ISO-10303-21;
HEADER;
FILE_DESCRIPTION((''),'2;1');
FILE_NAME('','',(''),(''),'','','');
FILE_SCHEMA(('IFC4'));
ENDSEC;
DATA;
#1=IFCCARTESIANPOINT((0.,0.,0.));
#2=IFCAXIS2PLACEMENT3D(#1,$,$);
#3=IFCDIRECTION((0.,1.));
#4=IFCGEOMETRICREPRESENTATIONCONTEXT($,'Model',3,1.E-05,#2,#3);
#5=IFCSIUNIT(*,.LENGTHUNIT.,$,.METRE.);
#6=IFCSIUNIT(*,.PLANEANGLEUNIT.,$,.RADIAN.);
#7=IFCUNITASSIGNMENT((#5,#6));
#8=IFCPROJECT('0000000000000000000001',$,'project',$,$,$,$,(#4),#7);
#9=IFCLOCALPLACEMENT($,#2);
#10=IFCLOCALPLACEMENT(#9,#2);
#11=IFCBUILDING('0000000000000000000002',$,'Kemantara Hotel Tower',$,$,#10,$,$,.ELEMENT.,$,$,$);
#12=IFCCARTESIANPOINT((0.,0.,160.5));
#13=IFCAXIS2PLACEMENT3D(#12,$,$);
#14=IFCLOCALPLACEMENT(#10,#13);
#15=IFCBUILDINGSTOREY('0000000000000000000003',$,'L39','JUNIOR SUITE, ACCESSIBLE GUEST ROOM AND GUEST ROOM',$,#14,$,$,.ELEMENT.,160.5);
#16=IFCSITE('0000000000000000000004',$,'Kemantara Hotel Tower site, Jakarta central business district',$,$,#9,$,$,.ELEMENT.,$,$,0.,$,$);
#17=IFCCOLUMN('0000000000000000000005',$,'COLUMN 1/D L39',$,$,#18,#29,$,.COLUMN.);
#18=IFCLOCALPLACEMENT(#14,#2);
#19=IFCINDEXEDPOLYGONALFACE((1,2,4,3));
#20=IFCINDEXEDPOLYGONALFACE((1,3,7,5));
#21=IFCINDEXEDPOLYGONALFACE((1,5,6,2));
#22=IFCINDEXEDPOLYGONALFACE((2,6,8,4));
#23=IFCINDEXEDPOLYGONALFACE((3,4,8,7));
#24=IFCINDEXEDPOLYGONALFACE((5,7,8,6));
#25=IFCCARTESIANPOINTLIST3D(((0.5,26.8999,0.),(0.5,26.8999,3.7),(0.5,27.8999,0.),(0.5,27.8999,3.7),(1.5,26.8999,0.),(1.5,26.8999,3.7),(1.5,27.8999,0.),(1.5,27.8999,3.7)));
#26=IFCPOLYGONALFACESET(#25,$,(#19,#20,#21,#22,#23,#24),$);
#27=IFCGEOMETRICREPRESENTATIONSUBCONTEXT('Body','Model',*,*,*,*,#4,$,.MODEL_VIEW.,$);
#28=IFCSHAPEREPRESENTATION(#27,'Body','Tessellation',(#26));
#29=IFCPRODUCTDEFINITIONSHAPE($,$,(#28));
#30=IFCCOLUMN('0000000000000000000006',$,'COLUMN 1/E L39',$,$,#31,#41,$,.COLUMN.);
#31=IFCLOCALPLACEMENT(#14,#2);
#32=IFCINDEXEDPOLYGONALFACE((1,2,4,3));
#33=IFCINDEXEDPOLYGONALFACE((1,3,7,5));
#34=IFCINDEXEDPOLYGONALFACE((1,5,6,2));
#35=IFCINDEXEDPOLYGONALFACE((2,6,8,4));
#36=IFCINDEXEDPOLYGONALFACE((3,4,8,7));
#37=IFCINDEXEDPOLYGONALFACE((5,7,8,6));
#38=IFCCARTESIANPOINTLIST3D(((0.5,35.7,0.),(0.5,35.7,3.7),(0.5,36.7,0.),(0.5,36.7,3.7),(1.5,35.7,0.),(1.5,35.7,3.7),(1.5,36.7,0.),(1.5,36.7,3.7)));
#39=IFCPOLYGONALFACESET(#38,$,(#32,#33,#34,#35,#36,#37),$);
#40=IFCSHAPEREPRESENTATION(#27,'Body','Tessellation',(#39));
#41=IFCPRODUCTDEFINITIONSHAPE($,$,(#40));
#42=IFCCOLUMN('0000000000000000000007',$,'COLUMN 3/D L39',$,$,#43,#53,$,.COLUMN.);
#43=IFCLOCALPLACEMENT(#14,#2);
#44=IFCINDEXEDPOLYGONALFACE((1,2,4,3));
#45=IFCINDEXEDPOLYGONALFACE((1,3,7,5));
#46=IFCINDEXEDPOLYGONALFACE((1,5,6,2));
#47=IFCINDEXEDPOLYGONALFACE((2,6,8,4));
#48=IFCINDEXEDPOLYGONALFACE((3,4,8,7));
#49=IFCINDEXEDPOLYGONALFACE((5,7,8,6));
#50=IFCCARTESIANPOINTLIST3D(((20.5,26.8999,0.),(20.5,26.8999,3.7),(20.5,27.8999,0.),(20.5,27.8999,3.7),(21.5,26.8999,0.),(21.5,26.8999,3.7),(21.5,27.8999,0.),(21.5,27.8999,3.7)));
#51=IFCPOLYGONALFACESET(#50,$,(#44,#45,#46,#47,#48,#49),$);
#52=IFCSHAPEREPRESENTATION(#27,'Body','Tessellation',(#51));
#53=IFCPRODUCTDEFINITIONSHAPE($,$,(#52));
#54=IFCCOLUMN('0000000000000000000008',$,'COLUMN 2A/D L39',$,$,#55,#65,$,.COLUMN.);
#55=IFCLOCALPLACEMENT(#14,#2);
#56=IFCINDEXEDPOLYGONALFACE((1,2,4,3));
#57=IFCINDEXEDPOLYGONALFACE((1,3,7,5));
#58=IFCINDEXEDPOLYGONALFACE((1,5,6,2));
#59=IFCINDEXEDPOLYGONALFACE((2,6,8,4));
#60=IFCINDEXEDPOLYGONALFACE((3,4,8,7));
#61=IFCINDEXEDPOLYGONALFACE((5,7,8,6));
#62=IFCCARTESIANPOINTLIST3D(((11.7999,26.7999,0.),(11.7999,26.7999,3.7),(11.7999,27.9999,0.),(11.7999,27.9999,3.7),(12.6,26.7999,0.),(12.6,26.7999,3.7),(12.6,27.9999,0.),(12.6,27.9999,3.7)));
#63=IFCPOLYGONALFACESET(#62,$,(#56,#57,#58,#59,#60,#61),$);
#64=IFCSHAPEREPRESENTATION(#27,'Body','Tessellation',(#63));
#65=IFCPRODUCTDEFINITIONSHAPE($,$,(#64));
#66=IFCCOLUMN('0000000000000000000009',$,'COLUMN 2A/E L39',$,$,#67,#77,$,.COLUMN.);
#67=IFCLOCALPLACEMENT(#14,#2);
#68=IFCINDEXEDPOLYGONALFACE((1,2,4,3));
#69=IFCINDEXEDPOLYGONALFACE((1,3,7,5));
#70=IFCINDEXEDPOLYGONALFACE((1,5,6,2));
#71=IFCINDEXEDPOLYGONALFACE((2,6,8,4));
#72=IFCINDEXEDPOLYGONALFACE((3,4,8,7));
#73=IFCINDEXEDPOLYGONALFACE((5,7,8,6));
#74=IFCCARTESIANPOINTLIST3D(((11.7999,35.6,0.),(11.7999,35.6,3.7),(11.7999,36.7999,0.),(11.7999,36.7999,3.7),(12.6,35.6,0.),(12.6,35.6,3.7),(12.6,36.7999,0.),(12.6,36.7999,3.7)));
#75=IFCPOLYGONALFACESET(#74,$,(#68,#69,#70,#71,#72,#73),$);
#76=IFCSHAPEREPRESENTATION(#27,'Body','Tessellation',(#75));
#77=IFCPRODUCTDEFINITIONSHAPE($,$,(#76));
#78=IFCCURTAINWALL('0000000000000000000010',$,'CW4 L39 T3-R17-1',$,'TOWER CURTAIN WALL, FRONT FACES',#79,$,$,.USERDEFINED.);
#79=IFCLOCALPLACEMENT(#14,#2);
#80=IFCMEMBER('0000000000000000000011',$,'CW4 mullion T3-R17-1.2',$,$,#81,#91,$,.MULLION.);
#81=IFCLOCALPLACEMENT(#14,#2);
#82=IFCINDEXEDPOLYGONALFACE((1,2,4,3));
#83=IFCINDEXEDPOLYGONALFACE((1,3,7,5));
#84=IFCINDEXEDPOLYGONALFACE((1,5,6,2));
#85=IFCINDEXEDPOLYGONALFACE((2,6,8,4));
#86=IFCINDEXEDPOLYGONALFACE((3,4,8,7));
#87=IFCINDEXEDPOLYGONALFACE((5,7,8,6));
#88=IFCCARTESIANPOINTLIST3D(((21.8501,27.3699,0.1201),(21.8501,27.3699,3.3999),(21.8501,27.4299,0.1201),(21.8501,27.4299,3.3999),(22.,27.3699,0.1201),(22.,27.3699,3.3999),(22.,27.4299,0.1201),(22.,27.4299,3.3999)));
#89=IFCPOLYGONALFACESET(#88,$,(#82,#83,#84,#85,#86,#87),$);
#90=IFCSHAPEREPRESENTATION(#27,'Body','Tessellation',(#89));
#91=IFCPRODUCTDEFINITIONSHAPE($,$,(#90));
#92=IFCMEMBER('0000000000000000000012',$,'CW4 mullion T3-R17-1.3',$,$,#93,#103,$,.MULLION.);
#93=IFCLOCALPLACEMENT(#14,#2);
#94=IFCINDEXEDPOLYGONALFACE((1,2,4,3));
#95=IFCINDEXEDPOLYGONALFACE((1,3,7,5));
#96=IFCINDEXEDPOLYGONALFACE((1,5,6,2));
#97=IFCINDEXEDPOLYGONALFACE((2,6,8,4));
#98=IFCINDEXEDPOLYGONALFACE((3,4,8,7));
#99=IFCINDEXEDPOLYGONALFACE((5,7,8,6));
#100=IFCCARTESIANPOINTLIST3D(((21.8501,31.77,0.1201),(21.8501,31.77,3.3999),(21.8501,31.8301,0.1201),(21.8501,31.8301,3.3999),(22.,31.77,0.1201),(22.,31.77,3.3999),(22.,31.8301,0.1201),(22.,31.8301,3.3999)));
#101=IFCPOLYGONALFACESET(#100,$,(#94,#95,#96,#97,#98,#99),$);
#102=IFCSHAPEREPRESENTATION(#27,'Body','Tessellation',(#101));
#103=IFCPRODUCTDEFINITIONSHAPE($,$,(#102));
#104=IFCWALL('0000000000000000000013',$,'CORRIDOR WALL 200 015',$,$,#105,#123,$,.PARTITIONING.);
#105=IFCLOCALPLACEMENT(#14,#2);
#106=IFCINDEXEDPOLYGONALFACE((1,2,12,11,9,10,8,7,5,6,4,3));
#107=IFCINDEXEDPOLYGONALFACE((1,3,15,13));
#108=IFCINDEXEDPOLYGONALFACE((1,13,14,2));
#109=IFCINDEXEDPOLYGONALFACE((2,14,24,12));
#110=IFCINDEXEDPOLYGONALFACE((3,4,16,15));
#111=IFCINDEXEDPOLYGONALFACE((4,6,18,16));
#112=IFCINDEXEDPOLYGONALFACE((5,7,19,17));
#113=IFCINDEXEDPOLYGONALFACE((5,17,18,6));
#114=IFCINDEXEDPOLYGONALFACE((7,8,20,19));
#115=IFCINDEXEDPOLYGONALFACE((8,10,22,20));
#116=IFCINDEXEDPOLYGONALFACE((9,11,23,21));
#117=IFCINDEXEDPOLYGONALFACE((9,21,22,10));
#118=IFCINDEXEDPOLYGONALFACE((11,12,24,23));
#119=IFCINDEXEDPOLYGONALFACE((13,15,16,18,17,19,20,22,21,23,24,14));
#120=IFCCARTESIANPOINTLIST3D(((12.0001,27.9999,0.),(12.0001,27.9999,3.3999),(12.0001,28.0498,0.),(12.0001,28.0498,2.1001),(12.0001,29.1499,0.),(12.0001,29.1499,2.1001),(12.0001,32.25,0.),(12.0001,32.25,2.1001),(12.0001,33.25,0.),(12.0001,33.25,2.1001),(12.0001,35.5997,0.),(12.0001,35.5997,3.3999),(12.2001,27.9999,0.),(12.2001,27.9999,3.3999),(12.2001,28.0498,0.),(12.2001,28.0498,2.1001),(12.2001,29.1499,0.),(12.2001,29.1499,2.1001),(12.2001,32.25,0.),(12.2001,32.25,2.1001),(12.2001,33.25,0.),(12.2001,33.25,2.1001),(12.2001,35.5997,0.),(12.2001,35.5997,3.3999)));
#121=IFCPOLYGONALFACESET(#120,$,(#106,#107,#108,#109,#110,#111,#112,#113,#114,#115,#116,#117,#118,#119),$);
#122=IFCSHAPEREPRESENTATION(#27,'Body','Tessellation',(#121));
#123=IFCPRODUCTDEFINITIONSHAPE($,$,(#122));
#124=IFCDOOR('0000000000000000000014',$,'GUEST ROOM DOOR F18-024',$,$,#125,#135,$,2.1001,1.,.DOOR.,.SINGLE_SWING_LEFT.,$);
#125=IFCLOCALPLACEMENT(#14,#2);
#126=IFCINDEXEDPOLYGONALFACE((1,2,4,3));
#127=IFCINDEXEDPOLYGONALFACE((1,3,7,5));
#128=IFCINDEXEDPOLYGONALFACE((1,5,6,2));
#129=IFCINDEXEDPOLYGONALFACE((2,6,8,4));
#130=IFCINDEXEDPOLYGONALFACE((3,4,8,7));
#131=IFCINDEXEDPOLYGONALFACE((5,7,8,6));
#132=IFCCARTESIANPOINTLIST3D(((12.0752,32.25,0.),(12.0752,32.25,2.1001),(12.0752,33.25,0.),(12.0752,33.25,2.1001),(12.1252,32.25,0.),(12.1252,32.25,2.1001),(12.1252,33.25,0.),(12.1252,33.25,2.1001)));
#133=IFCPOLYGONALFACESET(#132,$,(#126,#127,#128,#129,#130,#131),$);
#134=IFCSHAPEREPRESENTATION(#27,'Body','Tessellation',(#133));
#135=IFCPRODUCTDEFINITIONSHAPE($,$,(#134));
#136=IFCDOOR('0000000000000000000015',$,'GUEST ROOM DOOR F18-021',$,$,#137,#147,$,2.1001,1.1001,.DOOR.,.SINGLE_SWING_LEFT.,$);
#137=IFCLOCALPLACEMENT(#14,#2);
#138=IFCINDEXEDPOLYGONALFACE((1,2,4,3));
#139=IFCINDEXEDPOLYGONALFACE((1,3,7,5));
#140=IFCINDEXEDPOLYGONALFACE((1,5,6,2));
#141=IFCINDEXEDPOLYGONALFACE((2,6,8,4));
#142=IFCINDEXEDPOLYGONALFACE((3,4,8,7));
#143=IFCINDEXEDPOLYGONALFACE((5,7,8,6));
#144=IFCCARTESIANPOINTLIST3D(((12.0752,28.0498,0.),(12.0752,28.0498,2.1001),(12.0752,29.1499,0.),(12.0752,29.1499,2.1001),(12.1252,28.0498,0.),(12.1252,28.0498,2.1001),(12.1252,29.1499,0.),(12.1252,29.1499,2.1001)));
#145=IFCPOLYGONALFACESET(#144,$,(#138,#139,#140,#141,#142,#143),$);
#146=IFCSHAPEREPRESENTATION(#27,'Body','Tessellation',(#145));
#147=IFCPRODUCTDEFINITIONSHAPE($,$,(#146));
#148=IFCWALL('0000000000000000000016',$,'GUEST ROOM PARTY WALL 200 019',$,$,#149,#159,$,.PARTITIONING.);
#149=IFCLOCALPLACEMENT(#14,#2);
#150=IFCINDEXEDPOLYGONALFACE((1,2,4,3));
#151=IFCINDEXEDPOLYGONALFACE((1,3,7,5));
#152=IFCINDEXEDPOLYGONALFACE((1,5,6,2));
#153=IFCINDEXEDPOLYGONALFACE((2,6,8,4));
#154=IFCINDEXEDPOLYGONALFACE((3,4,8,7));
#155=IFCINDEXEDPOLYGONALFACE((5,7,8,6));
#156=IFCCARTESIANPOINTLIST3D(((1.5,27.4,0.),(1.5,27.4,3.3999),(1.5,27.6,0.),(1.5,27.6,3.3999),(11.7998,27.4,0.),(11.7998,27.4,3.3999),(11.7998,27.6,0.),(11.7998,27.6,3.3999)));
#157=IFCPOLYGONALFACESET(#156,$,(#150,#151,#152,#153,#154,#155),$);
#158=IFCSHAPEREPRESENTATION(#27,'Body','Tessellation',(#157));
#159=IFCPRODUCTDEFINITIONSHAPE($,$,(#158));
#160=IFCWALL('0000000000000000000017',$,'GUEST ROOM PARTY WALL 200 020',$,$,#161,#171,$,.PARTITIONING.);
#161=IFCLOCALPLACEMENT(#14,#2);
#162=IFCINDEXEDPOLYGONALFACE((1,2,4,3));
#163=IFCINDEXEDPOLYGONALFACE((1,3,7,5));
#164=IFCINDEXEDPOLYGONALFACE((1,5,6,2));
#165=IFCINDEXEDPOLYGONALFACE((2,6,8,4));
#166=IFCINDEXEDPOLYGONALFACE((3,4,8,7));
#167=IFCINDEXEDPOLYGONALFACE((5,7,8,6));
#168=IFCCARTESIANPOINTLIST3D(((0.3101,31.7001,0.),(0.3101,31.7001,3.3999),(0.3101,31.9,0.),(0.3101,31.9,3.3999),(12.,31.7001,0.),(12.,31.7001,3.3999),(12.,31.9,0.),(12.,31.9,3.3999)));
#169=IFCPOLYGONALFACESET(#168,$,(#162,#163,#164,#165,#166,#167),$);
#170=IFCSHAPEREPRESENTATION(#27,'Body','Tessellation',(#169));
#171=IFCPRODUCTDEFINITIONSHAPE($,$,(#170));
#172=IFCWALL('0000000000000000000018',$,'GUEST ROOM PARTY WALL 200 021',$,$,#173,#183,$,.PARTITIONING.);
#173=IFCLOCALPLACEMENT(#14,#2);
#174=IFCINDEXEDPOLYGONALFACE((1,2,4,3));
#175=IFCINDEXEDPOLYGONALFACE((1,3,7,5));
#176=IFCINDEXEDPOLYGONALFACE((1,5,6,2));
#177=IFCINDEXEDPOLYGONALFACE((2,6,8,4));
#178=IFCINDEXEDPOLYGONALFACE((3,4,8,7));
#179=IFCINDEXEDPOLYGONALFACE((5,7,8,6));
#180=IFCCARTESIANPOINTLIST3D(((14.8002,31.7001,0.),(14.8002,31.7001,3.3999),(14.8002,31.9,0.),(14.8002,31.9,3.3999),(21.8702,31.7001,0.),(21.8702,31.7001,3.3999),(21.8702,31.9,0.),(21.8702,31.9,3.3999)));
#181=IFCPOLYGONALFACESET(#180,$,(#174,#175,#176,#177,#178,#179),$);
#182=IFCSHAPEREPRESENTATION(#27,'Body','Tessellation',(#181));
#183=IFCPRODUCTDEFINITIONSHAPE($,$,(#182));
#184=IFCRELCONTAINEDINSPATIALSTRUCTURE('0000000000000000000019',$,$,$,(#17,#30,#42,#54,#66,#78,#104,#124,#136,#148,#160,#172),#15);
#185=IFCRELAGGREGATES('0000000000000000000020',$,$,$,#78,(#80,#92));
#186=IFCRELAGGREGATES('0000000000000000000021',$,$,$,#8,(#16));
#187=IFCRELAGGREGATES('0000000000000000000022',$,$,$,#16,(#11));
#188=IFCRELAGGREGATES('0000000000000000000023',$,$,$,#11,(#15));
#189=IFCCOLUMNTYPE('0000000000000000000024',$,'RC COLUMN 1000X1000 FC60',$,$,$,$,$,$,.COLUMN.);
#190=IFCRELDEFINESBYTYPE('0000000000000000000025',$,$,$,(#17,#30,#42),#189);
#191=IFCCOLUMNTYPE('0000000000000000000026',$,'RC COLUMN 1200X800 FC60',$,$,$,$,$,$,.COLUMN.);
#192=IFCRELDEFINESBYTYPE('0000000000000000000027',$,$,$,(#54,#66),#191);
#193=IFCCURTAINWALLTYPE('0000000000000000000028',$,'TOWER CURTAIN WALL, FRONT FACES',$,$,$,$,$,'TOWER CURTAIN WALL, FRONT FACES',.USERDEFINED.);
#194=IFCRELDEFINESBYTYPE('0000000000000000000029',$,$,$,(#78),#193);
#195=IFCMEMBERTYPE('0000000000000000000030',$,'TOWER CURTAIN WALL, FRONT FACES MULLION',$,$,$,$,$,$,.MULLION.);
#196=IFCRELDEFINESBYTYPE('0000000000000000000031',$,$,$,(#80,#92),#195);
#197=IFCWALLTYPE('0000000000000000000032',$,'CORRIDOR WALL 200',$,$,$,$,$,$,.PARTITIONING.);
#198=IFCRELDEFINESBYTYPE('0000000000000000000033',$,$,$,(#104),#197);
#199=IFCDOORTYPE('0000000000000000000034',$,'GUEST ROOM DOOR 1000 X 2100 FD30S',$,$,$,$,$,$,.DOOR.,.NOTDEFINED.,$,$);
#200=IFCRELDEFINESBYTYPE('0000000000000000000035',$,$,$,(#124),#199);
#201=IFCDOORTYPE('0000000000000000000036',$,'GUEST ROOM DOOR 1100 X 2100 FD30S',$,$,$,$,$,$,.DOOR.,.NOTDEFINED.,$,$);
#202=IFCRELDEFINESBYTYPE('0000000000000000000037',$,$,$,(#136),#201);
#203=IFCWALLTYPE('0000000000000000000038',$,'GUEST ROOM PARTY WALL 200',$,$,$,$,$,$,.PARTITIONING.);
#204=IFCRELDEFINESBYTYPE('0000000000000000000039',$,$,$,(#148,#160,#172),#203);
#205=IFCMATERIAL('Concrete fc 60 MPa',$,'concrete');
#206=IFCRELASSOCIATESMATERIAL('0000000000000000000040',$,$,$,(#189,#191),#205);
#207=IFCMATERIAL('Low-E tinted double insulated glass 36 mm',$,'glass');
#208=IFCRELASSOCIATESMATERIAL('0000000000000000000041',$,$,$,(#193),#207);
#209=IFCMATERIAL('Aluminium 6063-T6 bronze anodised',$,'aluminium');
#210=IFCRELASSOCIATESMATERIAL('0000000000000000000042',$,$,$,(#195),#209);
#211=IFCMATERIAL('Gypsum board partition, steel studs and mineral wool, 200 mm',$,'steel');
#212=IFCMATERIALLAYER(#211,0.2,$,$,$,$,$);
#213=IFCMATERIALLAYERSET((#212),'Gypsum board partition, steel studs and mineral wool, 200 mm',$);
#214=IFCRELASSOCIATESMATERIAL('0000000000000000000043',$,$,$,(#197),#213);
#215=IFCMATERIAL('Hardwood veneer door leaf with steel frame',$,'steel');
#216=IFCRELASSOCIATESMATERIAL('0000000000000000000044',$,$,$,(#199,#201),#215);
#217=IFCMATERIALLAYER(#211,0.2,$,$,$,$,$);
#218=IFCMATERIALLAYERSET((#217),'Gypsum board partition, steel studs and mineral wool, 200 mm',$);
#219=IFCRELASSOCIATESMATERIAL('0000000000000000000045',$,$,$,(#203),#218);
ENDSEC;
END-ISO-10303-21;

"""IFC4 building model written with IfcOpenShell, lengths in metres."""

from ifc_helpers import new_model, si_unit, direction, frame, frame_2d, origin, origin_2d, place, context, subcontext, project, spatial, rectangle, extrude, source, transform, mapped, material, layer, layer_set, material_profile, profile_set, type_object, element, fill, aggregate, save


model = new_model("IFC4")

# Units and contexts
model_context = context("Model", 3, precision=1e-05, world=origin(), true_north=direction((0.0, 1.0)))
body_context = subcontext(model_context, "Body", "Model", "MODEL_VIEW")
ifc_project = project(units=[si_unit("LENGTHUNIT", "METRE"), si_unit("PLANEANGLEUNIT", "RADIAN")], contexts=[model_context])

# Site, building, storey
site_placement = place(None, origin())
site = spatial("IfcSite", under=ifc_project, at=site_placement, Name="Kemantara Hotel Tower site, Jakarta central business district", CompositionType="ELEMENT", RefElevation=0.0)
building_placement = place(site_placement, origin())
building = spatial("IfcBuilding", under=site, at=building_placement, Name="Kemantara Hotel Tower", CompositionType="ELEMENT")
storey_placement = place(building_placement, frame((0.0, 0.0, 160.5)))
storey = spatial("IfcBuildingStorey", under=building, at=storey_placement, Name="L39", Description="JUNIOR SUITE, ACCESSIBLE GUEST ROOM AND GUEST ROOM", CompositionType="ELEMENT", Elevation=160.5)

# Columns
ifc_material_1 = material(Name="Concrete fc 60 MPa", Category="concrete")
ifc_material_profile_1 = material_profile(ifc_material_1, rectangle(XDim=1.0, YDim=1.0, at=origin_2d()), Name="RC 1000X1000")
ifc_profile_set_1 = profile_set([ifc_material_profile_1], Name="Concrete fc 60 MPa")
column_type_1 = type_object("IfcColumnType", Name="RC COLUMN 1000X1000 FC60", PredefinedType="COLUMN", material=ifc_profile_set_1)
for number, where, z_axis, x_axis, name in (
    (1, (1.0, 27.3999, 0.0), (0.0, 0.0, 1.0), (1.0, 0.0, 0.0), "COLUMN 1/D L39"),
    (2, (1.0, 36.2, 0.0), (0.0, 0.0, 1.0), (1.0, 0.0, 0.0), "COLUMN 1/E L39"),
    (3, (21.0, 27.3999, 0.0), (0.0, 0.0, 1.0), (1.0, 0.0, 0.0), "COLUMN 3/D L39"),
):
    element("IfcColumn", number, at=place(storey_placement, frame(where, z_axis=z_axis, x_axis=x_axis)), inside=storey, type_object=column_type_1, Name=name, PredefinedType="COLUMN", context=body_context, shape_type="SweptSolid", body=[
        extrude(rectangle(XDim=1.0, YDim=1.0, at=origin_2d()), origin(), (0.0, 0.0, 1.0), 3.7),
    ])
ifc_material_profile_2 = material_profile(ifc_material_1, rectangle(XDim=1.2, YDim=0.8, at=origin_2d()), Name="RC 1200X800")
ifc_profile_set_2 = profile_set([ifc_material_profile_2], Name="Concrete fc 60 MPa")
column_type_2 = type_object("IfcColumnType", Name="RC COLUMN 1200X800 FC60", PredefinedType="COLUMN", material=ifc_profile_set_2)
for number, where, z_axis, x_axis, name in (
    (4, (12.2, 27.3999, 0.0), (0.0, 0.0, 1.0), (0.0, 1.0, 0.0), "COLUMN 2A/D L39"),
    (5, (12.2, 36.2, 0.0), (0.0, 0.0, 1.0), (0.0, 1.0, 0.0), "COLUMN 2A/E L39"),
):
    element("IfcColumn", number, at=place(storey_placement, frame(where, z_axis=z_axis, x_axis=x_axis)), inside=storey, type_object=column_type_2, Name=name, PredefinedType="COLUMN", context=body_context, shape_type="SweptSolid", body=[
        extrude(rectangle(XDim=1.2, YDim=0.8, at=origin_2d()), origin(), (0.0, 0.0, 1.0), 3.7),
    ])

# Curtain wall, members
ifc_material_2 = material(Name="Low-E tinted double insulated glass 36 mm", Category="glass")
curtain_wall_type = type_object("IfcCurtainWallType", Name="TOWER CURTAIN WALL, FRONT FACES", ElementType="TOWER CURTAIN WALL, FRONT FACES", PredefinedType="USERDEFINED", material=ifc_material_2)
curtain_wall_placement = place(storey_placement, origin())
curtain_wall = element("IfcCurtainWall", 6, at=curtain_wall_placement, inside=storey, type_object=curtain_wall_type, Name="CW4 L39 T3-R17-1", ObjectType="TOWER CURTAIN WALL, FRONT FACES", PredefinedType="USERDEFINED")
ifc_material_3 = material(Name="Aluminium 6063-T6 bronze anodised", Category="aluminium")
ifc_material_profile_3 = material_profile(ifc_material_3, rectangle(XDim=0.1499, YDim=0.0601, at=origin_2d()), Name="TOWER CURTAIN WALL, FRONT FACES MULLION")
ifc_profile_set_3 = profile_set([ifc_material_profile_3], Name="Aluminium 6063-T6 bronze anodised")
member_type = type_object("IfcMemberType", Name="TOWER CURTAIN WALL, FRONT FACES MULLION", PredefinedType="MULLION", material=ifc_profile_set_3)
shared_shape_1 = source(origin(), body_context, "Body", "SweptSolid", [
    extrude(rectangle(XDim=0.1499, YDim=0.0601, at=origin_2d()), origin(), (0.0, 0.0, 1.0), 3.2798),
])
member_1_placement = place(storey_placement, frame((21.925, 27.3999, 0.1201), z_axis=(0.0, 0.0, 1.0), x_axis=(-1.0, 0.0, 0.0)))
member_1 = element("IfcMember", 7, at=member_1_placement, type_object=member_type, Name="CW4 mullion T3-R17-1.2", PredefinedType="MULLION", context=body_context, shape_type="MappedRepresentation", body=[
    mapped(shared_shape_1, transform((0.0, 0.0, 0.0))),
])
member_2_placement = place(storey_placement, frame((21.925, 31.8, 0.1201), z_axis=(0.0, 0.0, 1.0), x_axis=(-1.0, 0.0, 0.0)))
member_2 = element("IfcMember", 8, at=member_2_placement, type_object=member_type, Name="CW4 mullion T3-R17-1.3", PredefinedType="MULLION", context=body_context, shape_type="MappedRepresentation", body=[
    mapped(shared_shape_1, transform((0.0, 0.0, 0.0))),
])
aggregate(curtain_wall, [member_1, member_2])

# Wall, openings, doors
ifc_material_4 = material(Name="Gypsum board partition, steel studs and mineral wool, 200 mm", Category="steel")
ifc_layer_1 = layer(ifc_material_4, 0.2)
ifc_layer_set_1 = layer_set([ifc_layer_1], Name="Gypsum board partition, steel studs and mineral wool, 200 mm")
wall_type_1 = type_object("IfcWallType", Name="CORRIDOR WALL 200", PredefinedType="PARTITIONING", material=ifc_layer_set_1)
wall_1_placement = place(storey_placement, frame((12.1001, 28.0, 0.0), z_axis=(0.0, 0.0, 1.0), x_axis=(0.0, 1.0, 0.0)))
wall_1 = element("IfcWall", 9, at=wall_1_placement, inside=storey, type_object=wall_type_1, Name="CORRIDOR WALL 200 015", PredefinedType="PARTITIONING", context=body_context, shape_type="SweptSolid", body=[
    extrude(rectangle(XDim=7.5999, YDim=0.2, at=frame_2d((3.7998, 0.0))), origin(), (0.0, 0.0, 1.0), 3.3999),
])
opening_1_placement = place(wall_1_placement, frame((0.0498, 0.0, 0.0)))
opening_1 = element("IfcOpeningElement", 10, at=opening_1_placement, cuts=wall_1, PredefinedType="OPENING", context=body_context, shape_type="SweptSolid", body=[
    extrude(rectangle(XDim=1.1001, YDim=2.1001, at=frame_2d((0.55, 1.05))), frame((0.0, 0.1099, 0.0), z_axis=(0.0, -1.0, 0.0), x_axis=(1.0, 0.0, 0.0)), (0.0, 0.0, 1.0), 0.22),
])
opening_2_placement = place(wall_1_placement, frame((4.25, 0.0, 0.0)))
opening_2 = element("IfcOpeningElement", 11, at=opening_2_placement, cuts=wall_1, PredefinedType="OPENING", context=body_context, shape_type="SweptSolid", body=[
    extrude(rectangle(XDim=1.0, YDim=2.1001, at=frame_2d((0.5, 1.05))), frame((0.0, 0.1099, 0.0), z_axis=(0.0, -1.0, 0.0), x_axis=(1.0, 0.0, 0.0)), (0.0, 0.0, 1.0), 0.22),
])
ifc_material_5 = material(Name="Hardwood veneer door leaf with steel frame", Category="steel")
door_type_1 = type_object("IfcDoorType", Name="GUEST ROOM DOOR 1000 X 2100 FD30S", OperationType="NOTDEFINED", PredefinedType="DOOR", material=ifc_material_5)
door_1_placement = place(opening_2_placement, origin())
door_1 = element("IfcDoor", 12, at=door_1_placement, inside=storey, type_object=door_type_1, Name="GUEST ROOM DOOR F18-024", OperationType="SINGLE_SWING_LEFT", OverallHeight=2.1001, OverallWidth=1.0, PredefinedType="DOOR", context=body_context, shape_type="SweptSolid", body=[
    extrude(rectangle(XDim=1.0, YDim=2.1001, at=frame_2d((0.5, 1.05))), frame((0.0, 0.0249, 0.0), z_axis=(0.0, -1.0, 0.0), x_axis=(1.0, 0.0, 0.0)), (0.0, 0.0, 1.0), 0.05),
])
fill(opening_2, door_1)
door_type_2 = type_object("IfcDoorType", Name="GUEST ROOM DOOR 1100 X 2100 FD30S", OperationType="NOTDEFINED", PredefinedType="DOOR", material=ifc_material_5)
door_2_placement = place(opening_1_placement, origin())
door_2 = element("IfcDoor", 13, at=door_2_placement, inside=storey, type_object=door_type_2, Name="GUEST ROOM DOOR F18-021", OperationType="SINGLE_SWING_LEFT", OverallHeight=2.1001, OverallWidth=1.1001, PredefinedType="DOOR", context=body_context, shape_type="SweptSolid", body=[
    extrude(rectangle(XDim=1.1001, YDim=2.1001, at=frame_2d((0.55, 1.05))), frame((0.0, 0.0249, 0.0), z_axis=(0.0, -1.0, 0.0), x_axis=(1.0, 0.0, 0.0)), (0.0, 0.0, 1.0), 0.05),
])
fill(opening_1, door_2)

# Walls
ifc_layer_2 = layer(ifc_material_4, 0.2)
ifc_layer_set_2 = layer_set([ifc_layer_2], Name="Gypsum board partition, steel studs and mineral wool, 200 mm")
wall_type_2 = type_object("IfcWallType", Name="GUEST ROOM PARTY WALL 200", PredefinedType="PARTITIONING", material=ifc_layer_set_2)
wall_2_placement = place(storey_placement, frame((1.5, 27.5, 0.0), z_axis=(0.0, 0.0, 1.0), x_axis=(1.0, 0.0, 0.0)))
element("IfcWall", 14, at=wall_2_placement, inside=storey, type_object=wall_type_2, Name="GUEST ROOM PARTY WALL 200 019", PredefinedType="PARTITIONING", context=body_context, shape_type="SweptSolid", body=[
    extrude(rectangle(XDim=10.2998, YDim=0.2, at=frame_2d((5.1499, 0.0))), origin(), (0.0, 0.0, 1.0), 3.3999),
])
wall_3_placement = place(storey_placement, frame((0.3101, 31.8, 0.0), z_axis=(0.0, 0.0, 1.0), x_axis=(1.0, 0.0, 0.0)))
element("IfcWall", 15, at=wall_3_placement, inside=storey, type_object=wall_type_2, Name="GUEST ROOM PARTY WALL 200 020", PredefinedType="PARTITIONING", context=body_context, shape_type="SweptSolid", body=[
    extrude(rectangle(XDim=11.6899, YDim=0.2, at=frame_2d((5.845, 0.0))), origin(), (0.0, 0.0, 1.0), 3.3999),
])
wall_4_placement = place(storey_placement, frame((14.8, 31.8, 0.0), z_axis=(0.0, 0.0, 1.0), x_axis=(1.0, 0.0, 0.0)))
element("IfcWall", 16, at=wall_4_placement, inside=storey, type_object=wall_type_2, Name="GUEST ROOM PARTY WALL 200 021", PredefinedType="PARTITIONING", context=body_context, shape_type="SweptSolid", body=[
    extrude(rectangle(XDim=7.0701, YDim=0.2, at=frame_2d((3.5352, 0.0))), origin(), (0.0, 0.0, 1.0), 3.3999),
])

save(model, "model.ifc")
